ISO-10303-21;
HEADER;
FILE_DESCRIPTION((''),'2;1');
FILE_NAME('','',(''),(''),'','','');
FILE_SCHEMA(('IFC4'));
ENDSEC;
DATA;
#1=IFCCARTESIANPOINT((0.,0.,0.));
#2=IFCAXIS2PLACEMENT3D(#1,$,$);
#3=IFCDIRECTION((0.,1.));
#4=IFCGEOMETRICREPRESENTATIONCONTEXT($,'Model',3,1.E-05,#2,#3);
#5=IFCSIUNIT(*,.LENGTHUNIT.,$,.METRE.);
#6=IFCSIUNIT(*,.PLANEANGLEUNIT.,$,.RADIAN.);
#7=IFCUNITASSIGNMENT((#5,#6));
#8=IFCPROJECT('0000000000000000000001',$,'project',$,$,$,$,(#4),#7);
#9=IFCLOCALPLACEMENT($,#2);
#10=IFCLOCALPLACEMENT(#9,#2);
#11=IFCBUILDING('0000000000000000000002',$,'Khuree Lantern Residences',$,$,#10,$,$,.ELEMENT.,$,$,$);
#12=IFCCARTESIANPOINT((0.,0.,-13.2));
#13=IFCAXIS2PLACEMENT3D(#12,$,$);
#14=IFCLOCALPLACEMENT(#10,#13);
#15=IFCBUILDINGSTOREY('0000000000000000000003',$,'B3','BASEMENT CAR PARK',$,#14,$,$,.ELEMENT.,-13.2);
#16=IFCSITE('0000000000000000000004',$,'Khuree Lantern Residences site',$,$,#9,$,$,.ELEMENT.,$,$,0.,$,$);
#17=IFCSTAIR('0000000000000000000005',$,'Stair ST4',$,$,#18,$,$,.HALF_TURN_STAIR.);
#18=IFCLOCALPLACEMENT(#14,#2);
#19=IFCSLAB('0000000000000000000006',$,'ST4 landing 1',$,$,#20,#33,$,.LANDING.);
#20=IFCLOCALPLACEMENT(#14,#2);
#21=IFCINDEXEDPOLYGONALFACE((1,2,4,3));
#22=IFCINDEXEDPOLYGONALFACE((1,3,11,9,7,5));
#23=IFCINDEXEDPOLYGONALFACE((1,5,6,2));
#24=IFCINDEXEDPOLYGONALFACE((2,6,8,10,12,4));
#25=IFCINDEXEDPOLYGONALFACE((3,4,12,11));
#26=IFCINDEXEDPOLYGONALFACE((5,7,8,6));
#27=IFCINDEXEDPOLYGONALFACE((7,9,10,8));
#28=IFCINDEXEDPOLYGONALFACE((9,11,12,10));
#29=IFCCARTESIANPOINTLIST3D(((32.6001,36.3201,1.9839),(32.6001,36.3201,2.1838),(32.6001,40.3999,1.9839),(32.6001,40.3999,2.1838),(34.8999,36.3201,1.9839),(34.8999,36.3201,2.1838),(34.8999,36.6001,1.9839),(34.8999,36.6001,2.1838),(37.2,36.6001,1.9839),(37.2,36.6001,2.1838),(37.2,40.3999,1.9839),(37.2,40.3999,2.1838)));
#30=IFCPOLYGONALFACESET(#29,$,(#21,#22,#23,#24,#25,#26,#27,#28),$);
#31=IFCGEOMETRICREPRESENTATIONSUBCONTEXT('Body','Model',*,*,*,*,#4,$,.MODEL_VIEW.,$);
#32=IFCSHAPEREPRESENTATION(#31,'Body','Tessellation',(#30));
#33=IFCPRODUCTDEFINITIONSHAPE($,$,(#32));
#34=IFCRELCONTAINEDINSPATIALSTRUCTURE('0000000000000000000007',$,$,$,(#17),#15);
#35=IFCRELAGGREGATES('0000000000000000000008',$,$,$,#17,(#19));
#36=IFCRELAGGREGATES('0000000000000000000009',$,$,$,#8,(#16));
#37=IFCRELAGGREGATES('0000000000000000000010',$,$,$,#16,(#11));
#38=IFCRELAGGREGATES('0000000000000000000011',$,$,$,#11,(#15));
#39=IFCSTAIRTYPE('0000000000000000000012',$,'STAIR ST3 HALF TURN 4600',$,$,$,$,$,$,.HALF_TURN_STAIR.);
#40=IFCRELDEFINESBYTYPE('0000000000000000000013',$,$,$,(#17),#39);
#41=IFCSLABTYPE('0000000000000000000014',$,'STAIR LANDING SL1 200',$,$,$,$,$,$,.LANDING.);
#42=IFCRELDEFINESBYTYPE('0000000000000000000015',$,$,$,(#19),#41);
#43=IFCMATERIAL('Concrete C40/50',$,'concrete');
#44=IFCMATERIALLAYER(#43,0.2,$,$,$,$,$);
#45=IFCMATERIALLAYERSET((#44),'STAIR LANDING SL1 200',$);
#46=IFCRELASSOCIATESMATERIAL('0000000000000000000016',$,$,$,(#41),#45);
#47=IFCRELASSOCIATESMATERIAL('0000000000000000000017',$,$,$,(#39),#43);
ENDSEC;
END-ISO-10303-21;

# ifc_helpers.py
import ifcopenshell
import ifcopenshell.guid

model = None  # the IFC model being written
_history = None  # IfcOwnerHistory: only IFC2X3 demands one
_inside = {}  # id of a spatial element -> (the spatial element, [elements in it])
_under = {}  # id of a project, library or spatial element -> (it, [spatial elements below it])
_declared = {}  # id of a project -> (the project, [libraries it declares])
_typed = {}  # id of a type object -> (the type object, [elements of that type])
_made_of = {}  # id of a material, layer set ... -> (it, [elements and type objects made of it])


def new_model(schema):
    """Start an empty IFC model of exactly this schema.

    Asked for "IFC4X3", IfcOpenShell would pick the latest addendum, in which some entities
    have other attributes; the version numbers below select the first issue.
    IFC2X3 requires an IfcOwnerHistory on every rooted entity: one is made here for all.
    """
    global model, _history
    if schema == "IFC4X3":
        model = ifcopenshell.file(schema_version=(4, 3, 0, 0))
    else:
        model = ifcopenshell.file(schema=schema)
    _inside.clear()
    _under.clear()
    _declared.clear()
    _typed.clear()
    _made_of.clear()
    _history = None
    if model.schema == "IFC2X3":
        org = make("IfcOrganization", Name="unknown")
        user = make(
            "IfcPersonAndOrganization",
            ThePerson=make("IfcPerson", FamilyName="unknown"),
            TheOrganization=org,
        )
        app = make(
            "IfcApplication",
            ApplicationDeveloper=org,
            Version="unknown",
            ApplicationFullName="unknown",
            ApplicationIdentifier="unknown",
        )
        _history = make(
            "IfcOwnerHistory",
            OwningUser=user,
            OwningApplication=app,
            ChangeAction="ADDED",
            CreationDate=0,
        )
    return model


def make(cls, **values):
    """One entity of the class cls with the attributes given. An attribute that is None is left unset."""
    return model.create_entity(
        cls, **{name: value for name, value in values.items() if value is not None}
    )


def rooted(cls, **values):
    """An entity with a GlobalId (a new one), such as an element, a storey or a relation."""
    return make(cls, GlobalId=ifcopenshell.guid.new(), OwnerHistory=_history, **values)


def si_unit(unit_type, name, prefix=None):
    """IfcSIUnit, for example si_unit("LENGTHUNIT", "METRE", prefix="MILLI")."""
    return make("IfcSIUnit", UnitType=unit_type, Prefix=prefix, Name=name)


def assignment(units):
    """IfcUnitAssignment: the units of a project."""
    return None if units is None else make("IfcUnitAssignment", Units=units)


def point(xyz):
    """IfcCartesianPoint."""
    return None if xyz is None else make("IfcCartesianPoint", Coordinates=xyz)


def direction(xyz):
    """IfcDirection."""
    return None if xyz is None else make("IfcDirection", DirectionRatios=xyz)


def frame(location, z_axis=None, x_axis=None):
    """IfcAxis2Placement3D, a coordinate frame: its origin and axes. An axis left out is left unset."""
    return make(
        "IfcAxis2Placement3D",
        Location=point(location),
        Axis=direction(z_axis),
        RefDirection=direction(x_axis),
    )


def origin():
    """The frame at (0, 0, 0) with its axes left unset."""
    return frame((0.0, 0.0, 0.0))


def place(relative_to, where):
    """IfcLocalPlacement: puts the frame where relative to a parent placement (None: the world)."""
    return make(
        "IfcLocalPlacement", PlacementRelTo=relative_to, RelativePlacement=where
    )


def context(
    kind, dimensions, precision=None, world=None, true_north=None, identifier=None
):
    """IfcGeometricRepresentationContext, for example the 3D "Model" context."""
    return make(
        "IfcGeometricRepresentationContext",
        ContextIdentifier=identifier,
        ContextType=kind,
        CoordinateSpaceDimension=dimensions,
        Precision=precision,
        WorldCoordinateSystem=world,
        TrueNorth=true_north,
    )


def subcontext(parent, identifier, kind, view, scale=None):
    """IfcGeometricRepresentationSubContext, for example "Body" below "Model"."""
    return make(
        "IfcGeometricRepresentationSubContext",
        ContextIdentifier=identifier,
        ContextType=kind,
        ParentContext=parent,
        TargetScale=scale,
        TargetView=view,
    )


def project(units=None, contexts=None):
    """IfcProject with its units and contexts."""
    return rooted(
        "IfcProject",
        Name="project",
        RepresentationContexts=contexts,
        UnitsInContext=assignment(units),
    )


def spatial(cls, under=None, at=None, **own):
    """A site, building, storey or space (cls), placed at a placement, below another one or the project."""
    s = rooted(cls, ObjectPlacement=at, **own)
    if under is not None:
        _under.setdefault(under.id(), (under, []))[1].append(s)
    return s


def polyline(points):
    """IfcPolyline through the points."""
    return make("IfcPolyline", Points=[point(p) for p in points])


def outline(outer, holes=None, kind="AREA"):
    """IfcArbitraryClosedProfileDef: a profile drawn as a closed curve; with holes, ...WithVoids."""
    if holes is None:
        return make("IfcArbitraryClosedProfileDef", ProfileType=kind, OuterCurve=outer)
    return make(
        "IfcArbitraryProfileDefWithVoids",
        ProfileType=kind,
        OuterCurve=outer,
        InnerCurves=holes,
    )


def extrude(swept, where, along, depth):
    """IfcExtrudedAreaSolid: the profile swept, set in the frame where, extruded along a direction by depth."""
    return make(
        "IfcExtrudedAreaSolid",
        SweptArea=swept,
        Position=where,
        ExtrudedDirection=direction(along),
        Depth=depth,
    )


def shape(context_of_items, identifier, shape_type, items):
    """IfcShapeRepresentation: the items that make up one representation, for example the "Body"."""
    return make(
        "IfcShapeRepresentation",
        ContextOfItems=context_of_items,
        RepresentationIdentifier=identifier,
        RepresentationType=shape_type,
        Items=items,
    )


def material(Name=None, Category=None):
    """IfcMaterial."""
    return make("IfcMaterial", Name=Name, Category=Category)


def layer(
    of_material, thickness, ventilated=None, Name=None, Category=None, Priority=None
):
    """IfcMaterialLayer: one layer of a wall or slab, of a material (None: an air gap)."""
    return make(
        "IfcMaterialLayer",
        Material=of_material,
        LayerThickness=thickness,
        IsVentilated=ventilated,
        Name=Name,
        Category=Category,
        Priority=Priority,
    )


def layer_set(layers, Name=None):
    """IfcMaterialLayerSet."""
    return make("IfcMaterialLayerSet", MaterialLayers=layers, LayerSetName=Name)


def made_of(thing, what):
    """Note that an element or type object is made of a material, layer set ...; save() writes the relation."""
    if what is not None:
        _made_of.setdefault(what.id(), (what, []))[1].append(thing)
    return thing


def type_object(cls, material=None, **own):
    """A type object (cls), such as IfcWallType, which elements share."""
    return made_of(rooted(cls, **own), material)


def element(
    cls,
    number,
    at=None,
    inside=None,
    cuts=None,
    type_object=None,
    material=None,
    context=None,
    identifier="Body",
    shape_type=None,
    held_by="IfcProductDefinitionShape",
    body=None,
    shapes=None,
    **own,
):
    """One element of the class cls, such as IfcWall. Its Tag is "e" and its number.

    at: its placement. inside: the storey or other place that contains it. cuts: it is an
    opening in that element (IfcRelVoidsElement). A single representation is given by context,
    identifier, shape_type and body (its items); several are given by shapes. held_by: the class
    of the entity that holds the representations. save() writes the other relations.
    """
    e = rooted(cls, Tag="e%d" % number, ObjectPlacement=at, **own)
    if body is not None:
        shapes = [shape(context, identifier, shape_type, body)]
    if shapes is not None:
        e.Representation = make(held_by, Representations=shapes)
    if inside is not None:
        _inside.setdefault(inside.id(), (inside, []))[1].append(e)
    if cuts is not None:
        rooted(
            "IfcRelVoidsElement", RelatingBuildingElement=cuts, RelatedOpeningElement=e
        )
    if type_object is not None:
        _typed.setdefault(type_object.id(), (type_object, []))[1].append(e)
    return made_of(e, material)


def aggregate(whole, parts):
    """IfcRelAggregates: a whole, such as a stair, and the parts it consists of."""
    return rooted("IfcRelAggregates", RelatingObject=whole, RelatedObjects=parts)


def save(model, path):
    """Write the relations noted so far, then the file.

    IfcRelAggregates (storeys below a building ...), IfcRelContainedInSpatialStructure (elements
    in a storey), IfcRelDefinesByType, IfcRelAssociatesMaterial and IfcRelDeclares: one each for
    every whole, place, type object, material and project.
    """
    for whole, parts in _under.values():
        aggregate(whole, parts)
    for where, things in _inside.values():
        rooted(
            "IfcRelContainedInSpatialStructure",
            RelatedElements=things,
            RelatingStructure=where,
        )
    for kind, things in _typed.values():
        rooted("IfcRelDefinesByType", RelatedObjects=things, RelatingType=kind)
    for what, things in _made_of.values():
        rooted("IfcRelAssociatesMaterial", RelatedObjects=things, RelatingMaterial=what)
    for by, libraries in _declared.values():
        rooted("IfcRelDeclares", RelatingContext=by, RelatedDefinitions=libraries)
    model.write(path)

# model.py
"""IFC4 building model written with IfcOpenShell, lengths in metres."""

from ifc_helpers import new_model, si_unit, direction, frame, origin, place, context, subcontext, project, spatial, polyline, outline, extrude, material, layer, layer_set, type_object, element, aggregate, save


model = new_model("IFC4")

# Units and contexts
model_context = context("Model", 3, precision=1e-05, world=origin(), true_north=direction((0.0, 1.0)))
body_context = subcontext(model_context, "Body", "Model", "MODEL_VIEW")
ifc_project = project(units=[si_unit("LENGTHUNIT", "METRE"), si_unit("PLANEANGLEUNIT", "RADIAN")], contexts=[model_context])

# Site, building, storey
site_placement = place(None, origin())
site = spatial("IfcSite", under=ifc_project, at=site_placement, Name="Khuree Lantern Residences site", CompositionType="ELEMENT", RefElevation=0.0)
building_placement = place(site_placement, origin())
building = spatial("IfcBuilding", under=site, at=building_placement, Name="Khuree Lantern Residences", CompositionType="ELEMENT")
storey_placement = place(building_placement, frame((0.0, 0.0, -13.2)))
storey = spatial("IfcBuildingStorey", under=building, at=storey_placement, Name="B3", Description="BASEMENT CAR PARK", CompositionType="ELEMENT", Elevation=-13.2)

# Shared definitions
ifc_material_1 = material(Name="Concrete C40/50", Category="concrete")

# Stair, slab
ifc_layer_1 = layer(ifc_material_1, 0.2)
ifc_layer_set_1 = layer_set([ifc_layer_1], Name="STAIR LANDING SL1 200")
slab_type_1 = type_object("IfcSlabType", Name="STAIR LANDING SL1 200", PredefinedType="LANDING", material=ifc_layer_set_1)
stair_type_1 = type_object("IfcStairType", Name="STAIR ST3 HALF TURN 4600", PredefinedType="HALF_TURN_STAIR", material=ifc_material_1)
stair_1_placement = place(storey_placement, origin())
stair_1 = element("IfcStair", 1, at=stair_1_placement, inside=storey, type_object=stair_type_1, Name="Stair ST4", PredefinedType="HALF_TURN_STAIR")
slab_1_placement = place(storey_placement, frame((0.0, 0.0, 1.9839)))
slab_1 = element("IfcSlab", 2, at=slab_1_placement, type_object=slab_type_1, Name="ST4 landing 1", PredefinedType="LANDING", context=body_context, shape_type="SweptSolid", body=[
    extrude(outline(polyline([(37.2, 40.3999), (37.2, 36.6001), (34.8999, 36.6001), (34.8999, 36.3201), (32.6001, 36.3201), (32.6001, 40.3999), (37.2, 40.3999)])), origin(), (0.0, 0.0, 1.0), 0.2),
])
aggregate(stair_1, [slab_1])

save(model, "model.ifc")
